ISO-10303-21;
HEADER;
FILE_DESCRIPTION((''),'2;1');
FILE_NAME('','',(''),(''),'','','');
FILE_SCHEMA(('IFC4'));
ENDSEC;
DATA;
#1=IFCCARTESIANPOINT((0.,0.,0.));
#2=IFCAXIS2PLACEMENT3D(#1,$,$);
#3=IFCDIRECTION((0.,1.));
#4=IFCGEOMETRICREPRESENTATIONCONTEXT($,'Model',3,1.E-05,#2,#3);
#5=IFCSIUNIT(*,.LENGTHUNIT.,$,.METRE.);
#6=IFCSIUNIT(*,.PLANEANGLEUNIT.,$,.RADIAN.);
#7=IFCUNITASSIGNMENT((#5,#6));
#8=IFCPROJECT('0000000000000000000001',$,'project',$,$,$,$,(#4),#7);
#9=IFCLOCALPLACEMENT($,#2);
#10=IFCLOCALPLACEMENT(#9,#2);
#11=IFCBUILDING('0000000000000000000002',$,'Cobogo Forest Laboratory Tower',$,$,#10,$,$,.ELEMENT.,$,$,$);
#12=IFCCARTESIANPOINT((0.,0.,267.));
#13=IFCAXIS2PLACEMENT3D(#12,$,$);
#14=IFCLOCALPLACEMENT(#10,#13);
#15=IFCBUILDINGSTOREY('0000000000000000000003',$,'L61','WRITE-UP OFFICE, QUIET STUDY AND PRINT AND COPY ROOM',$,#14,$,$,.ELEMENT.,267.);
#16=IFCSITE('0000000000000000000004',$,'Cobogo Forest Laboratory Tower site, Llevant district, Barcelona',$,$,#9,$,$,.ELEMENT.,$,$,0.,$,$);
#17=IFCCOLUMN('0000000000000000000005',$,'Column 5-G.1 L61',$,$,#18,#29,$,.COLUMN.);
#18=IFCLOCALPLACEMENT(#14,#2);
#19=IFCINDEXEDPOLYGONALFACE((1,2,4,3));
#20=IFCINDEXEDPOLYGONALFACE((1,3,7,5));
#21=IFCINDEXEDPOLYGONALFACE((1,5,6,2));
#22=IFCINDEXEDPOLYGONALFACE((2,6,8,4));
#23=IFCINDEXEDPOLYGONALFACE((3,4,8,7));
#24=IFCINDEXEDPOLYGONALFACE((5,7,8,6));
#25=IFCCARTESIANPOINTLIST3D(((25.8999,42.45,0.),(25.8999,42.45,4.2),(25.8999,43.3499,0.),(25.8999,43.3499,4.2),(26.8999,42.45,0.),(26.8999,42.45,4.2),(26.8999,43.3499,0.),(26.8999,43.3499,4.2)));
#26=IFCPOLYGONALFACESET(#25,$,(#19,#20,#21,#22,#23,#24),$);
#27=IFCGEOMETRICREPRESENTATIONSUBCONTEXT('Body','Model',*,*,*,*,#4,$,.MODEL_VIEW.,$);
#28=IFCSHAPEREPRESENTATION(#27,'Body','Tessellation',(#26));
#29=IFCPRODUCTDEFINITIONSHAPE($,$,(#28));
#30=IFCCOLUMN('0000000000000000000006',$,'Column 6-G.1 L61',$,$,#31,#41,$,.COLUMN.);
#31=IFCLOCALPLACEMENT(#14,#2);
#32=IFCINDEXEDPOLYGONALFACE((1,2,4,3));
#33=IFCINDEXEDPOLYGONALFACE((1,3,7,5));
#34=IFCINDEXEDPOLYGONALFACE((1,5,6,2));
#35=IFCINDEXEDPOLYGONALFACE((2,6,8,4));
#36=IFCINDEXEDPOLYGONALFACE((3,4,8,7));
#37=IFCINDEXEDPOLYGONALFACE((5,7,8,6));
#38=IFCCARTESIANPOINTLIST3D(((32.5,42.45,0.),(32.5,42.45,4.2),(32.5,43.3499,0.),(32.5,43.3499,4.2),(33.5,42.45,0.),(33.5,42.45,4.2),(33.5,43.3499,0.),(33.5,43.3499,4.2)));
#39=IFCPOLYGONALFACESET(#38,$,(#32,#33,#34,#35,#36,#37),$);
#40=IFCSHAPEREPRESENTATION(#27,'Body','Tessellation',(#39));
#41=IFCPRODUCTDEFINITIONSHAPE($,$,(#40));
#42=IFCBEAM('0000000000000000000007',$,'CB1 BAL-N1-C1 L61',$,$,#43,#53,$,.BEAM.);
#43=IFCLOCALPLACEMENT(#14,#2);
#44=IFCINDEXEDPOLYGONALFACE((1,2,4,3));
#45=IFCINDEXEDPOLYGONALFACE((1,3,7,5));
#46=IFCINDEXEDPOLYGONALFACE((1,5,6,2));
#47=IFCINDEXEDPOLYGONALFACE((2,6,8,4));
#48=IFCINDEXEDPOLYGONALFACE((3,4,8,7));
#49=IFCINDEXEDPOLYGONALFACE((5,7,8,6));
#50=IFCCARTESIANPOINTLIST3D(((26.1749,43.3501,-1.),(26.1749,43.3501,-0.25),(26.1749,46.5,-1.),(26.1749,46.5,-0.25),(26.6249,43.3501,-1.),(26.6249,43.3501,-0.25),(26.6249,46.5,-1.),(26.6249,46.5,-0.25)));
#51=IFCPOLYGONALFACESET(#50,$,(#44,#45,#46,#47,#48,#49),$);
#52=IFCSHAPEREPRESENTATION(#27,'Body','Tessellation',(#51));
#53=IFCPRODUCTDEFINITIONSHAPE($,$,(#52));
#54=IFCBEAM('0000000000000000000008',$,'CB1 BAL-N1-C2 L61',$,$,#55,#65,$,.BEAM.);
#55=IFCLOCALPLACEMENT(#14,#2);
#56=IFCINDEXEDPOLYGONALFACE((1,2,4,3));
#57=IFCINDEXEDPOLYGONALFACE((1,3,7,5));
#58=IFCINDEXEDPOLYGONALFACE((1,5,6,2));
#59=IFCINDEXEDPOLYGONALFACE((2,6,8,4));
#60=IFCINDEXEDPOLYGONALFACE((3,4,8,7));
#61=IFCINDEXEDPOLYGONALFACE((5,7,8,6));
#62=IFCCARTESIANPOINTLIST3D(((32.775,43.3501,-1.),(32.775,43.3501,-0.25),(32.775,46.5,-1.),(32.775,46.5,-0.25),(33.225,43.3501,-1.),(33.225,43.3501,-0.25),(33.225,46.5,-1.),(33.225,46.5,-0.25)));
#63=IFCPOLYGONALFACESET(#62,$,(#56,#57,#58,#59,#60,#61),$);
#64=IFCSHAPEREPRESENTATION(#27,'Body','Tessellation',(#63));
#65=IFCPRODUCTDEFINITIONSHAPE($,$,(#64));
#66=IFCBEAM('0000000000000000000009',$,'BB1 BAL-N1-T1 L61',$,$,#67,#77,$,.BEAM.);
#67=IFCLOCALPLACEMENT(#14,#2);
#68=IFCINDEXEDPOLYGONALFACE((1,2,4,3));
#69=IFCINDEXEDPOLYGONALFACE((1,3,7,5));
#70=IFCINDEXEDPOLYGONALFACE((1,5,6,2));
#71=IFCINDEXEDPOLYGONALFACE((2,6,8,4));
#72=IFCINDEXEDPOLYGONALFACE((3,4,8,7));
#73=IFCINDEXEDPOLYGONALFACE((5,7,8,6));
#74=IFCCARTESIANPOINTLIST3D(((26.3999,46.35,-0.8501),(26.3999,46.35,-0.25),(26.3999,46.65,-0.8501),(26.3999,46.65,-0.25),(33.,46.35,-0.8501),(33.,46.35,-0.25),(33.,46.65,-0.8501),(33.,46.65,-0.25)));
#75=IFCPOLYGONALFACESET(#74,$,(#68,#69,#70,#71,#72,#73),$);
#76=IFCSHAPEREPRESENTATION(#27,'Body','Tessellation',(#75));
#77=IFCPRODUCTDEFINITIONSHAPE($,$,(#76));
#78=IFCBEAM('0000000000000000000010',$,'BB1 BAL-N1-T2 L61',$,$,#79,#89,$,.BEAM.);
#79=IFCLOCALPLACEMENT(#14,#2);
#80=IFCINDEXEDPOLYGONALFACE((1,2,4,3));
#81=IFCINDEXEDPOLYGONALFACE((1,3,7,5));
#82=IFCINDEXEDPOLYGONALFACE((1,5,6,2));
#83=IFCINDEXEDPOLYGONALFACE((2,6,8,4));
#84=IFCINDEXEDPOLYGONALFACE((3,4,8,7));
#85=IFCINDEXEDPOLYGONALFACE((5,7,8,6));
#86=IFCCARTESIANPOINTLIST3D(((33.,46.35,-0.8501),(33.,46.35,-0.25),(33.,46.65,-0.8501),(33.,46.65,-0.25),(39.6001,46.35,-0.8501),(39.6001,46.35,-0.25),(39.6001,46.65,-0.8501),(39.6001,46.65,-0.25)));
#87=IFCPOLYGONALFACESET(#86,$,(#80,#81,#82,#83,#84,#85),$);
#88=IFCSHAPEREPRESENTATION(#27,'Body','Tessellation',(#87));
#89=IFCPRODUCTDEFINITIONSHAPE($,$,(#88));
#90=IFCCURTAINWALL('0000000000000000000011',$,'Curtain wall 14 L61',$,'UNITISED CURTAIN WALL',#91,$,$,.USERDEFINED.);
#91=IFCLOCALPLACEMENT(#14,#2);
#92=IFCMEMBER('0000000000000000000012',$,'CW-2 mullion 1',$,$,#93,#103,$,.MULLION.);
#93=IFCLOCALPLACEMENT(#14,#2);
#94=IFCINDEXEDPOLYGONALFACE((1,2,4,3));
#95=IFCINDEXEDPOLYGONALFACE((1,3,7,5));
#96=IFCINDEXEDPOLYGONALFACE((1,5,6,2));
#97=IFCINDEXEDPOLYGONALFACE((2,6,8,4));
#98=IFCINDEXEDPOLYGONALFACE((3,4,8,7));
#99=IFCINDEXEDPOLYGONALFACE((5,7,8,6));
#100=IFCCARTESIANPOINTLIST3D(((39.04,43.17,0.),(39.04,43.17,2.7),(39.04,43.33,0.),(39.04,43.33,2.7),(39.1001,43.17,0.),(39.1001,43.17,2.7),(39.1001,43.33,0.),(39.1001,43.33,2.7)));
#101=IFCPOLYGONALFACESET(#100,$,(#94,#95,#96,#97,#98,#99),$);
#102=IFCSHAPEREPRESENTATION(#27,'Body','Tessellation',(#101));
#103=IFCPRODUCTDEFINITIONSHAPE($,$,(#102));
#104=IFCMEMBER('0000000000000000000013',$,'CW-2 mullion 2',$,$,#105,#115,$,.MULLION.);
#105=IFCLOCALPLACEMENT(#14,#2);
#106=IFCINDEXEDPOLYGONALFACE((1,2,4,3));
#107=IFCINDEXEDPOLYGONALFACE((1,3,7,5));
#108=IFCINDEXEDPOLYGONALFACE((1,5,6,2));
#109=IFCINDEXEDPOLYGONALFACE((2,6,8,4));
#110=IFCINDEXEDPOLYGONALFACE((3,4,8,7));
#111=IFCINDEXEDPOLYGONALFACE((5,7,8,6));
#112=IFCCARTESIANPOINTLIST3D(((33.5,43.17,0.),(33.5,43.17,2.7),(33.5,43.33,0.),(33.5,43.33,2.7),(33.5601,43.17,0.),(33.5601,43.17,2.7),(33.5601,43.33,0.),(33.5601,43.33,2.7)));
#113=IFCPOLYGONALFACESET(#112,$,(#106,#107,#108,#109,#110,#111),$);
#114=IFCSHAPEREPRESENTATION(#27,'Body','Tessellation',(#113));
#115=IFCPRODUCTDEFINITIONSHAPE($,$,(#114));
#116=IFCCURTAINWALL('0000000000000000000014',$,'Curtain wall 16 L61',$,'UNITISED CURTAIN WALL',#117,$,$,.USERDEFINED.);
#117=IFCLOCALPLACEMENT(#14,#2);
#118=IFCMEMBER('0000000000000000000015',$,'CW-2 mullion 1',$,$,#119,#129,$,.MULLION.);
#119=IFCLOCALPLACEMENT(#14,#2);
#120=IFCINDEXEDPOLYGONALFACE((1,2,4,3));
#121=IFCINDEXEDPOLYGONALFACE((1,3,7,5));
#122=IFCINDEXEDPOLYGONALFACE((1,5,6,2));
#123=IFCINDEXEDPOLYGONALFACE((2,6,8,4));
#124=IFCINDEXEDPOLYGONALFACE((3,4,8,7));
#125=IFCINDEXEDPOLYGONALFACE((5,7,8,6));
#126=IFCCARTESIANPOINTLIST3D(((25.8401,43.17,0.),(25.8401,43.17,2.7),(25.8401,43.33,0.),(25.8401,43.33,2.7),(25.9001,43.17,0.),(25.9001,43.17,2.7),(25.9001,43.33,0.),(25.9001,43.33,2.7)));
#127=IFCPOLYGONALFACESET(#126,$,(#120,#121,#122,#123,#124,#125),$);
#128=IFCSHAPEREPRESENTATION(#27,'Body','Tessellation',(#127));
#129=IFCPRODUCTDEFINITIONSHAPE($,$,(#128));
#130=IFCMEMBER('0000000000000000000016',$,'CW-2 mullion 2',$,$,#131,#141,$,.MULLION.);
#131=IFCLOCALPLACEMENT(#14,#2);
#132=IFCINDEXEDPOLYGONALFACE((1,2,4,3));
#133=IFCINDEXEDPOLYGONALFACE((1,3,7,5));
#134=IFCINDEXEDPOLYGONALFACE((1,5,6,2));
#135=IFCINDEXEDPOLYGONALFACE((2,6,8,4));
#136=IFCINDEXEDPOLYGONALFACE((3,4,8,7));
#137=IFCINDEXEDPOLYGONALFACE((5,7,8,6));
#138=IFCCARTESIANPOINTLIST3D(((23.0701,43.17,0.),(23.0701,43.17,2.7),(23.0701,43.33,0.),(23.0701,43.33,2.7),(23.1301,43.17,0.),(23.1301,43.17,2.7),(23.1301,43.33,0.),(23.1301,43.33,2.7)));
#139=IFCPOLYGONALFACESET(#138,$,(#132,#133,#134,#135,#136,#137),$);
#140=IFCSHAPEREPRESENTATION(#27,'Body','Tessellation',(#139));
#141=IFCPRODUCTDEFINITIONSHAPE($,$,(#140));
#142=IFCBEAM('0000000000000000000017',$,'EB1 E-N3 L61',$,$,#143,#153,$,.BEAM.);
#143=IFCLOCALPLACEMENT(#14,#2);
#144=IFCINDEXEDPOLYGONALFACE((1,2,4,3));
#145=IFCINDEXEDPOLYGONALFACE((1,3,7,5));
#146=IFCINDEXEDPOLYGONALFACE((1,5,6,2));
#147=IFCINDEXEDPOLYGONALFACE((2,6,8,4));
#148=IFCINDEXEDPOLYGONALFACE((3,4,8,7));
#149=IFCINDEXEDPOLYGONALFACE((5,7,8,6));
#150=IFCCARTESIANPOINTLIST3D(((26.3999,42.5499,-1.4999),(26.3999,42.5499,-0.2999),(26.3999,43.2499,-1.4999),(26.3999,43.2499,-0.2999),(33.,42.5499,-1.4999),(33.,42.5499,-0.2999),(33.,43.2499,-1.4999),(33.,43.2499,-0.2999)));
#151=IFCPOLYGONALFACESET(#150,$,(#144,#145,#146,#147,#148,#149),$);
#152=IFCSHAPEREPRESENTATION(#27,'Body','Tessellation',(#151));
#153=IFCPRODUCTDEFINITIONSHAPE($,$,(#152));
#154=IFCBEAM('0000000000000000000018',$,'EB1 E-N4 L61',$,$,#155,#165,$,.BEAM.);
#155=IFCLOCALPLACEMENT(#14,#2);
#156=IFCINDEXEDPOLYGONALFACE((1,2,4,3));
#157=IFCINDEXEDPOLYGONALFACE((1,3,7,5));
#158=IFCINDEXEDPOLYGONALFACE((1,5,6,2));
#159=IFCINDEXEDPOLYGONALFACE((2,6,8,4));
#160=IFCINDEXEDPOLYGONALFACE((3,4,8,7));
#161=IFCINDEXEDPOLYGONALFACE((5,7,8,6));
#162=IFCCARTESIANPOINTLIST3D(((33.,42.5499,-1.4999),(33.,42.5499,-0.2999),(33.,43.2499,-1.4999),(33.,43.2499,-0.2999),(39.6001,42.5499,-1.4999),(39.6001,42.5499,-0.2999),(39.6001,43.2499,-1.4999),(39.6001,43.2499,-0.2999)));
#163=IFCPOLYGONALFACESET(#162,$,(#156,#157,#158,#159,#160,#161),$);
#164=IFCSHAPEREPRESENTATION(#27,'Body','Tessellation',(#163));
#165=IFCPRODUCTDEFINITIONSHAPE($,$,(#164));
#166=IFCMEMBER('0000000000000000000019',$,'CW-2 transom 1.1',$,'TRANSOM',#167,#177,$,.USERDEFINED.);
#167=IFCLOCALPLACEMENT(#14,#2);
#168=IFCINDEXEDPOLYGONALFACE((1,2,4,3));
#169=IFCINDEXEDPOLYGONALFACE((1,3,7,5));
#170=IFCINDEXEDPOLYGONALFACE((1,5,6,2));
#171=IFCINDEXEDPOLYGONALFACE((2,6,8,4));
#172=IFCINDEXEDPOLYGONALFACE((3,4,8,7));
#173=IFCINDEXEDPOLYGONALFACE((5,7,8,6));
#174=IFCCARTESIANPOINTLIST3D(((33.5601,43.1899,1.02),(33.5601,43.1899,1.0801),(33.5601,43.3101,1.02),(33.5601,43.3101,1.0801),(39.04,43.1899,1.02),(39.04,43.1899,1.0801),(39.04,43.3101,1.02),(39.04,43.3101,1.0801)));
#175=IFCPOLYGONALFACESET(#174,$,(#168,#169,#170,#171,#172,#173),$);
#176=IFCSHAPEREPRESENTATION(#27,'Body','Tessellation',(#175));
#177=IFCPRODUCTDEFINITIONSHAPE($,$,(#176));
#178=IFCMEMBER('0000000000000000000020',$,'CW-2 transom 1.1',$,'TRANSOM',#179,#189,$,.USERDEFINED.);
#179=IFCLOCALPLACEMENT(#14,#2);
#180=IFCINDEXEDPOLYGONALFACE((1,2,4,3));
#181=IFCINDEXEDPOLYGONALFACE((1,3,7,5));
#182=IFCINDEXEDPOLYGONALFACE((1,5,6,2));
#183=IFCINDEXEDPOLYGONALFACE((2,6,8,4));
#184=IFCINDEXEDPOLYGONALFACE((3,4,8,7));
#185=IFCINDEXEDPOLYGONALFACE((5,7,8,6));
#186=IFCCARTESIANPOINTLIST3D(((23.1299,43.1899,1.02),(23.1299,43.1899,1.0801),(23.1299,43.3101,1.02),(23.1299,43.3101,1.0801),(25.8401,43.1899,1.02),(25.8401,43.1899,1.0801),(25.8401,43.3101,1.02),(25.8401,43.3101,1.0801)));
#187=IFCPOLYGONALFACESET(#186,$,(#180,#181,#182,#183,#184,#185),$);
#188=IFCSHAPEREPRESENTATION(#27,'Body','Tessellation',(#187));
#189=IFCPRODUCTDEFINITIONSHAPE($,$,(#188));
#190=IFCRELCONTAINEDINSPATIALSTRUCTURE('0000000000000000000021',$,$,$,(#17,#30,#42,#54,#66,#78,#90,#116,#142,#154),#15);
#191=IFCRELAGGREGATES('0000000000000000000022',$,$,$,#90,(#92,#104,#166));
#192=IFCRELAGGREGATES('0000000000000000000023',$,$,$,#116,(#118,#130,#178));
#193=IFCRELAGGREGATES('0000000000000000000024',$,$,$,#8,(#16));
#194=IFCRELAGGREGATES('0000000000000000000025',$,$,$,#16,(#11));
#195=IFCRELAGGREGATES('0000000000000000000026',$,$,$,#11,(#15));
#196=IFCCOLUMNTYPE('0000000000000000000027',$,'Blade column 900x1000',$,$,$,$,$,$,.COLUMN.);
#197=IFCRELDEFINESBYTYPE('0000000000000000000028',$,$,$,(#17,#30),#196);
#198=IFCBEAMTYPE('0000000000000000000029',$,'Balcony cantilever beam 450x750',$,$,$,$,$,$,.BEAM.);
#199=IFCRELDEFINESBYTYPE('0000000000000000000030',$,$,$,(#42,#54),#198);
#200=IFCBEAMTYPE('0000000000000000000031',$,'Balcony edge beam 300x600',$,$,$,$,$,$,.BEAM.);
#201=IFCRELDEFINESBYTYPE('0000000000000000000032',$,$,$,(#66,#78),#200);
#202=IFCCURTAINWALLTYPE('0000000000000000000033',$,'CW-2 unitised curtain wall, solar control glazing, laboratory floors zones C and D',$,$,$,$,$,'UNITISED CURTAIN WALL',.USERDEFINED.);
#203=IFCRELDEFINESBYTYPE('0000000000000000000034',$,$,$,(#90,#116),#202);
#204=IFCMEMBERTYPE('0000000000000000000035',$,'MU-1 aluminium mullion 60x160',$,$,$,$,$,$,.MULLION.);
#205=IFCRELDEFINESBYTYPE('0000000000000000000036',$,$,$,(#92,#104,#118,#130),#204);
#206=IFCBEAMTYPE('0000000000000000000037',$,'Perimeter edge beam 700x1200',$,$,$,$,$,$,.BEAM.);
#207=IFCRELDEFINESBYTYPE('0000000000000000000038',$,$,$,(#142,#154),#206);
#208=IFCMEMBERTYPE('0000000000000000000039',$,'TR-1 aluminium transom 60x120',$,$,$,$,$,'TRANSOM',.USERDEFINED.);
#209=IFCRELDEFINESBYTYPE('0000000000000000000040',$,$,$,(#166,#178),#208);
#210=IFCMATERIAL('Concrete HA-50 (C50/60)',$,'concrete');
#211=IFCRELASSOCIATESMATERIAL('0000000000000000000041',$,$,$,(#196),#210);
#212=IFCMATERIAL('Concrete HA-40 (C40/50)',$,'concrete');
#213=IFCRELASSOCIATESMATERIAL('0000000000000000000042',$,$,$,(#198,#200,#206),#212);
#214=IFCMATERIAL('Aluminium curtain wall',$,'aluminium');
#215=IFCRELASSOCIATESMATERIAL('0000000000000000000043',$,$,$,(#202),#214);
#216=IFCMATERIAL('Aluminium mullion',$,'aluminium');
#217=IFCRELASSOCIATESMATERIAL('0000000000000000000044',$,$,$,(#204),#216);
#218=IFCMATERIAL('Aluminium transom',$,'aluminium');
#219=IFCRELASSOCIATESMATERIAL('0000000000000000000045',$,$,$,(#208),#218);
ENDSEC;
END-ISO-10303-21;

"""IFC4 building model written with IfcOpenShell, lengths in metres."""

from ifc_helpers import new_model, si_unit, direction, frame, origin, origin_2d, place, context, subcontext, project, spatial, rectangle, extrude, material, material_profile, profile_set, type_object, element, aggregate, save


model = new_model("IFC4")

# Units and contexts
model_context = context("Model", 3, precision=1e-05, world=origin(), true_north=direction((0.0, 1.0)))
body_context = subcontext(model_context, "Body", "Model", "MODEL_VIEW")
ifc_project = project(units=[si_unit("LENGTHUNIT", "METRE"), si_unit("PLANEANGLEUNIT", "RADIAN")], contexts=[model_context])

# Site, building, storey
site_placement = place(None, origin())
site = spatial("IfcSite", under=ifc_project, at=site_placement, Name="Cobogo Forest Laboratory Tower site, Llevant district, Barcelona", CompositionType="ELEMENT", RefElevation=0.0)
building_placement = place(site_placement, origin())
building = spatial("IfcBuilding", under=site, at=building_placement, Name="Cobogo Forest Laboratory Tower", CompositionType="ELEMENT")
storey_placement = place(building_placement, frame((0.0, 0.0, 267.0)))
storey = spatial("IfcBuildingStorey", under=building, at=storey_placement, Name="L61", Description="WRITE-UP OFFICE, QUIET STUDY AND PRINT AND COPY ROOM", CompositionType="ELEMENT", Elevation=267.0)

# Columns
ifc_material_1 = material(Name="Concrete HA-50 (C50/60)", Category="concrete")
ifc_material_profile_1 = material_profile(ifc_material_1, rectangle(XDim=1.0, YDim=0.8999, at=origin_2d()), Name="RC 900x1000")
ifc_profile_set_1 = profile_set([ifc_material_profile_1], Name="Concrete HA-50 (C50/60)")
column_type = type_object("IfcColumnType", Name="Blade column 900x1000", PredefinedType="COLUMN", material=ifc_profile_set_1)
for number, where, z_axis, x_axis, name in (
    (1, (26.3999, 42.8999, 0.0), (0.0, 0.0, 1.0), (1.0, 0.0, 0.0), "Column 5-G.1 L61"),
    (2, (33.0, 42.8999, 0.0), (0.0, 0.0, 1.0), (1.0, 0.0, 0.0), "Column 6-G.1 L61"),
):
    element("IfcColumn", number, at=place(storey_placement, frame(where, z_axis=z_axis, x_axis=x_axis)), inside=storey, type_object=column_type, Name=name, PredefinedType="COLUMN", context=body_context, shape_type="SweptSolid", body=[
        extrude(rectangle(XDim=1.0, YDim=0.8999, at=origin_2d()), origin(), (0.0, 0.0, 1.0), 4.2),
    ])

# Beams
ifc_material_2 = material(Name="Concrete HA-40 (C40/50)", Category="concrete")
ifc_material_profile_2 = material_profile(ifc_material_2, rectangle(XDim=0.45, YDim=0.75, at=origin_2d()), Name="RC 450x750")
ifc_profile_set_2 = profile_set([ifc_material_profile_2], Name="Concrete HA-40 (C40/50)")
beam_type_1 = type_object("IfcBeamType", Name="Balcony cantilever beam 450x750", PredefinedType="BEAM", material=ifc_profile_set_2)
for number, where, z_axis, x_axis, name in (
    (3, (26.3999, 43.3501, -0.625), (0.0, 1.0, 0.0), (-1.0, 0.0, 0.0), "CB1 BAL-N1-C1 L61"),
    (4, (33.0, 43.3501, -0.625), (0.0, 1.0, 0.0), (-1.0, 0.0, 0.0), "CB1 BAL-N1-C2 L61"),
):
    element("IfcBeam", number, at=place(storey_placement, frame(where, z_axis=z_axis, x_axis=x_axis)), inside=storey, type_object=beam_type_1, Name=name, PredefinedType="BEAM", context=body_context, shape_type="SweptSolid", body=[
        extrude(rectangle(XDim=0.45, YDim=0.75, at=origin_2d()), origin(), (0.0, 0.0, 1.0), 3.1499),
    ])
ifc_material_profile_3 = material_profile(ifc_material_2, rectangle(XDim=0.3, YDim=0.6001, at=origin_2d()), Name="RC 300x600")
ifc_profile_set_3 = profile_set([ifc_material_profile_3], Name="Concrete HA-40 (C40/50)")
beam_type_2 = type_object("IfcBeamType", Name="Balcony edge beam 300x600", PredefinedType="BEAM", material=ifc_profile_set_3)
for number, where, z_axis, x_axis, name in (
    (5, (26.3999, 46.5, -0.55), (1.0, 0.0, 0.0), (0.0, 1.0, 0.0), "BB1 BAL-N1-T1 L61"),
    (6, (33.0, 46.5, -0.55), (1.0, 0.0, 0.0), (0.0, 1.0, 0.0), "BB1 BAL-N1-T2 L61"),
):
    element("IfcBeam", number, at=place(storey_placement, frame(where, z_axis=z_axis, x_axis=x_axis)), inside=storey, type_object=beam_type_2, Name=name, PredefinedType="BEAM", context=body_context, shape_type="SweptSolid", body=[
        extrude(rectangle(XDim=0.3, YDim=0.6001, at=origin_2d()), origin(), (0.0, 0.0, 1.0), 6.6001),
    ])

# Curtain walls, members
ifc_material_3 = material(Name="Aluminium curtain wall", Category="aluminium")
curtain_wall_type = type_object("IfcCurtainWallType", Name="CW-2 unitised curtain wall, solar control glazing, laboratory floors zones C and D", ElementType="UNITISED CURTAIN WALL", PredefinedType="USERDEFINED", material=ifc_material_3)
curtain_wall_1_placement = place(storey_placement, origin())
curtain_wall_1 = element("IfcCurtainWall", 7, at=curtain_wall_1_placement, inside=storey, type_object=curtain_wall_type, Name="Curtain wall 14 L61", ObjectType="UNITISED CURTAIN WALL", PredefinedType="USERDEFINED")
ifc_material_4 = material(Name="Aluminium mullion", Category="aluminium")
ifc_material_profile_4 = material_profile(ifc_material_4, rectangle(XDim=0.0601, YDim=0.1599, at=origin_2d()), Name="AL 60x160")
ifc_profile_set_4 = profile_set([ifc_material_profile_4], Name="Aluminium mullion")
member_type_1 = type_object("IfcMemberType", Name="MU-1 aluminium mullion 60x160", PredefinedType="MULLION", material=ifc_profile_set_4)
member_1_placement = place(storey_placement, frame((39.0701, 43.25, 0.0), z_axis=(0.0, 0.0, 1.0), x_axis=(-1.0, 0.0, 0.0)))
member_1 = element("IfcMember", 8, at=member_1_placement, type_object=member_type_1, Name="CW-2 mullion 1", PredefinedType="MULLION", context=body_context, shape_type="SweptSolid", body=[
    extrude(rectangle(XDim=0.0601, YDim=0.1599, at=origin_2d()), origin(), (0.0, 0.0, 1.0), 2.7),
])
member_2_placement = place(storey_placement, frame((33.53, 43.25, 0.0), z_axis=(0.0, 0.0, 1.0), x_axis=(-1.0, 0.0, 0.0)))
member_2 = element("IfcMember", 9, at=member_2_placement, type_object=member_type_1, Name="CW-2 mullion 2", PredefinedType="MULLION", context=body_context, shape_type="SweptSolid", body=[
    extrude(rectangle(XDim=0.0601, YDim=0.1599, at=origin_2d()), origin(), (0.0, 0.0, 1.0), 2.7),
])
curtain_wall_2_placement = place(storey_placement, origin())
curtain_wall_2 = element("IfcCurtainWall", 10, at=curtain_wall_2_placement, inside=storey, type_object=curtain_wall_type, Name="Curtain wall 16 L61", ObjectType="UNITISED CURTAIN WALL", PredefinedType="USERDEFINED")
member_3_placement = place(storey_placement, frame((25.8701, 43.25, 0.0), z_axis=(0.0, 0.0, 1.0), x_axis=(-1.0, 0.0, 0.0)))
member_3 = element("IfcMember", 11, at=member_3_placement, type_object=member_type_1, Name="CW-2 mullion 1", PredefinedType="MULLION", context=body_context, shape_type="SweptSolid", body=[
    extrude(rectangle(XDim=0.0601, YDim=0.1599, at=origin_2d()), origin(), (0.0, 0.0, 1.0), 2.7),
])
member_4_placement = place(storey_placement, frame((23.1001, 43.25, 0.0), z_axis=(0.0, 0.0, 1.0), x_axis=(-1.0, 0.0, 0.0)))
member_4 = element("IfcMember", 12, at=member_4_placement, type_object=member_type_1, Name="CW-2 mullion 2", PredefinedType="MULLION", context=body_context, shape_type="SweptSolid", body=[
    extrude(rectangle(XDim=0.0601, YDim=0.1599, at=origin_2d()), origin(), (0.0, 0.0, 1.0), 2.7),
])

# Beams
ifc_material_profile_5 = material_profile(ifc_material_2, rectangle(XDim=0.7, YDim=1.2, at=origin_2d()), Name="RC 700x1200")
ifc_profile_set_5 = profile_set([ifc_material_profile_5], Name="Concrete HA-40 (C40/50)")
beam_type_3 = type_object("IfcBeamType", Name="Perimeter edge beam 700x1200", PredefinedType="BEAM", material=ifc_profile_set_5)
for number, where, z_axis, x_axis, name in (
    (13, (26.3999, 42.8999, -0.8999), (1.0, 0.0, 0.0), (0.0, 1.0, 0.0), "EB1 E-N3 L61"),
    (14, (33.0, 42.8999, -0.8999), (1.0, 0.0, 0.0), (0.0, 1.0, 0.0), "EB1 E-N4 L61"),
):
    element("IfcBeam", number, at=place(storey_placement, frame(where, z_axis=z_axis, x_axis=x_axis)), inside=storey, type_object=beam_type_3, Name=name, PredefinedType="BEAM", context=body_context, shape_type="SweptSolid", body=[
        extrude(rectangle(XDim=0.7, YDim=1.2, at=origin_2d()), origin(), (0.0, 0.0, 1.0), 6.6001),
    ])

# Members
ifc_material_5 = material(Name="Aluminium transom", Category="aluminium")
ifc_material_profile_6 = material_profile(ifc_material_5, rectangle(XDim=0.1201, YDim=0.0601, at=origin_2d()), Name="AL 60x120")
ifc_profile_set_6 = profile_set([ifc_material_profile_6], Name="Aluminium transom")
member_type_2 = type_object("IfcMemberType", Name="TR-1 aluminium transom 60x120", ElementType="TRANSOM", PredefinedType="USERDEFINED", material=ifc_profile_set_6)
member_5_placement = place(storey_placement, frame((39.04, 43.25, 1.05), z_axis=(-1.0, 0.0, 0.0), x_axis=(0.0, -1.0, 0.0)))
member_5 = element("IfcMember", 15, at=member_5_placement, type_object=member_type_2, Name="CW-2 transom 1.1", ObjectType="TRANSOM", PredefinedType="USERDEFINED", context=body_context, shape_type="SweptSolid", body=[
    extrude(rectangle(XDim=0.1201, YDim=0.0601, at=origin_2d()), origin(), (0.0, 0.0, 1.0), 5.48),
])
member_6_placement = place(storey_placement, frame((25.8401, 43.25, 1.05), z_axis=(-1.0, 0.0, 0.0), x_axis=(0.0, -1.0, 0.0)))
member_6 = element("IfcMember", 16, at=member_6_placement, type_object=member_type_2, Name="CW-2 transom 1.1", ObjectType="TRANSOM", PredefinedType="USERDEFINED", context=body_context, shape_type="SweptSolid", body=[
    extrude(rectangle(XDim=0.1201, YDim=0.0601, at=origin_2d()), origin(), (0.0, 0.0, 1.0), 2.7102),
])

aggregate(curtain_wall_1, [member_1, member_2, member_5])
aggregate(curtain_wall_2, [member_3, member_4, member_6])

save(model, "model.ifc")
